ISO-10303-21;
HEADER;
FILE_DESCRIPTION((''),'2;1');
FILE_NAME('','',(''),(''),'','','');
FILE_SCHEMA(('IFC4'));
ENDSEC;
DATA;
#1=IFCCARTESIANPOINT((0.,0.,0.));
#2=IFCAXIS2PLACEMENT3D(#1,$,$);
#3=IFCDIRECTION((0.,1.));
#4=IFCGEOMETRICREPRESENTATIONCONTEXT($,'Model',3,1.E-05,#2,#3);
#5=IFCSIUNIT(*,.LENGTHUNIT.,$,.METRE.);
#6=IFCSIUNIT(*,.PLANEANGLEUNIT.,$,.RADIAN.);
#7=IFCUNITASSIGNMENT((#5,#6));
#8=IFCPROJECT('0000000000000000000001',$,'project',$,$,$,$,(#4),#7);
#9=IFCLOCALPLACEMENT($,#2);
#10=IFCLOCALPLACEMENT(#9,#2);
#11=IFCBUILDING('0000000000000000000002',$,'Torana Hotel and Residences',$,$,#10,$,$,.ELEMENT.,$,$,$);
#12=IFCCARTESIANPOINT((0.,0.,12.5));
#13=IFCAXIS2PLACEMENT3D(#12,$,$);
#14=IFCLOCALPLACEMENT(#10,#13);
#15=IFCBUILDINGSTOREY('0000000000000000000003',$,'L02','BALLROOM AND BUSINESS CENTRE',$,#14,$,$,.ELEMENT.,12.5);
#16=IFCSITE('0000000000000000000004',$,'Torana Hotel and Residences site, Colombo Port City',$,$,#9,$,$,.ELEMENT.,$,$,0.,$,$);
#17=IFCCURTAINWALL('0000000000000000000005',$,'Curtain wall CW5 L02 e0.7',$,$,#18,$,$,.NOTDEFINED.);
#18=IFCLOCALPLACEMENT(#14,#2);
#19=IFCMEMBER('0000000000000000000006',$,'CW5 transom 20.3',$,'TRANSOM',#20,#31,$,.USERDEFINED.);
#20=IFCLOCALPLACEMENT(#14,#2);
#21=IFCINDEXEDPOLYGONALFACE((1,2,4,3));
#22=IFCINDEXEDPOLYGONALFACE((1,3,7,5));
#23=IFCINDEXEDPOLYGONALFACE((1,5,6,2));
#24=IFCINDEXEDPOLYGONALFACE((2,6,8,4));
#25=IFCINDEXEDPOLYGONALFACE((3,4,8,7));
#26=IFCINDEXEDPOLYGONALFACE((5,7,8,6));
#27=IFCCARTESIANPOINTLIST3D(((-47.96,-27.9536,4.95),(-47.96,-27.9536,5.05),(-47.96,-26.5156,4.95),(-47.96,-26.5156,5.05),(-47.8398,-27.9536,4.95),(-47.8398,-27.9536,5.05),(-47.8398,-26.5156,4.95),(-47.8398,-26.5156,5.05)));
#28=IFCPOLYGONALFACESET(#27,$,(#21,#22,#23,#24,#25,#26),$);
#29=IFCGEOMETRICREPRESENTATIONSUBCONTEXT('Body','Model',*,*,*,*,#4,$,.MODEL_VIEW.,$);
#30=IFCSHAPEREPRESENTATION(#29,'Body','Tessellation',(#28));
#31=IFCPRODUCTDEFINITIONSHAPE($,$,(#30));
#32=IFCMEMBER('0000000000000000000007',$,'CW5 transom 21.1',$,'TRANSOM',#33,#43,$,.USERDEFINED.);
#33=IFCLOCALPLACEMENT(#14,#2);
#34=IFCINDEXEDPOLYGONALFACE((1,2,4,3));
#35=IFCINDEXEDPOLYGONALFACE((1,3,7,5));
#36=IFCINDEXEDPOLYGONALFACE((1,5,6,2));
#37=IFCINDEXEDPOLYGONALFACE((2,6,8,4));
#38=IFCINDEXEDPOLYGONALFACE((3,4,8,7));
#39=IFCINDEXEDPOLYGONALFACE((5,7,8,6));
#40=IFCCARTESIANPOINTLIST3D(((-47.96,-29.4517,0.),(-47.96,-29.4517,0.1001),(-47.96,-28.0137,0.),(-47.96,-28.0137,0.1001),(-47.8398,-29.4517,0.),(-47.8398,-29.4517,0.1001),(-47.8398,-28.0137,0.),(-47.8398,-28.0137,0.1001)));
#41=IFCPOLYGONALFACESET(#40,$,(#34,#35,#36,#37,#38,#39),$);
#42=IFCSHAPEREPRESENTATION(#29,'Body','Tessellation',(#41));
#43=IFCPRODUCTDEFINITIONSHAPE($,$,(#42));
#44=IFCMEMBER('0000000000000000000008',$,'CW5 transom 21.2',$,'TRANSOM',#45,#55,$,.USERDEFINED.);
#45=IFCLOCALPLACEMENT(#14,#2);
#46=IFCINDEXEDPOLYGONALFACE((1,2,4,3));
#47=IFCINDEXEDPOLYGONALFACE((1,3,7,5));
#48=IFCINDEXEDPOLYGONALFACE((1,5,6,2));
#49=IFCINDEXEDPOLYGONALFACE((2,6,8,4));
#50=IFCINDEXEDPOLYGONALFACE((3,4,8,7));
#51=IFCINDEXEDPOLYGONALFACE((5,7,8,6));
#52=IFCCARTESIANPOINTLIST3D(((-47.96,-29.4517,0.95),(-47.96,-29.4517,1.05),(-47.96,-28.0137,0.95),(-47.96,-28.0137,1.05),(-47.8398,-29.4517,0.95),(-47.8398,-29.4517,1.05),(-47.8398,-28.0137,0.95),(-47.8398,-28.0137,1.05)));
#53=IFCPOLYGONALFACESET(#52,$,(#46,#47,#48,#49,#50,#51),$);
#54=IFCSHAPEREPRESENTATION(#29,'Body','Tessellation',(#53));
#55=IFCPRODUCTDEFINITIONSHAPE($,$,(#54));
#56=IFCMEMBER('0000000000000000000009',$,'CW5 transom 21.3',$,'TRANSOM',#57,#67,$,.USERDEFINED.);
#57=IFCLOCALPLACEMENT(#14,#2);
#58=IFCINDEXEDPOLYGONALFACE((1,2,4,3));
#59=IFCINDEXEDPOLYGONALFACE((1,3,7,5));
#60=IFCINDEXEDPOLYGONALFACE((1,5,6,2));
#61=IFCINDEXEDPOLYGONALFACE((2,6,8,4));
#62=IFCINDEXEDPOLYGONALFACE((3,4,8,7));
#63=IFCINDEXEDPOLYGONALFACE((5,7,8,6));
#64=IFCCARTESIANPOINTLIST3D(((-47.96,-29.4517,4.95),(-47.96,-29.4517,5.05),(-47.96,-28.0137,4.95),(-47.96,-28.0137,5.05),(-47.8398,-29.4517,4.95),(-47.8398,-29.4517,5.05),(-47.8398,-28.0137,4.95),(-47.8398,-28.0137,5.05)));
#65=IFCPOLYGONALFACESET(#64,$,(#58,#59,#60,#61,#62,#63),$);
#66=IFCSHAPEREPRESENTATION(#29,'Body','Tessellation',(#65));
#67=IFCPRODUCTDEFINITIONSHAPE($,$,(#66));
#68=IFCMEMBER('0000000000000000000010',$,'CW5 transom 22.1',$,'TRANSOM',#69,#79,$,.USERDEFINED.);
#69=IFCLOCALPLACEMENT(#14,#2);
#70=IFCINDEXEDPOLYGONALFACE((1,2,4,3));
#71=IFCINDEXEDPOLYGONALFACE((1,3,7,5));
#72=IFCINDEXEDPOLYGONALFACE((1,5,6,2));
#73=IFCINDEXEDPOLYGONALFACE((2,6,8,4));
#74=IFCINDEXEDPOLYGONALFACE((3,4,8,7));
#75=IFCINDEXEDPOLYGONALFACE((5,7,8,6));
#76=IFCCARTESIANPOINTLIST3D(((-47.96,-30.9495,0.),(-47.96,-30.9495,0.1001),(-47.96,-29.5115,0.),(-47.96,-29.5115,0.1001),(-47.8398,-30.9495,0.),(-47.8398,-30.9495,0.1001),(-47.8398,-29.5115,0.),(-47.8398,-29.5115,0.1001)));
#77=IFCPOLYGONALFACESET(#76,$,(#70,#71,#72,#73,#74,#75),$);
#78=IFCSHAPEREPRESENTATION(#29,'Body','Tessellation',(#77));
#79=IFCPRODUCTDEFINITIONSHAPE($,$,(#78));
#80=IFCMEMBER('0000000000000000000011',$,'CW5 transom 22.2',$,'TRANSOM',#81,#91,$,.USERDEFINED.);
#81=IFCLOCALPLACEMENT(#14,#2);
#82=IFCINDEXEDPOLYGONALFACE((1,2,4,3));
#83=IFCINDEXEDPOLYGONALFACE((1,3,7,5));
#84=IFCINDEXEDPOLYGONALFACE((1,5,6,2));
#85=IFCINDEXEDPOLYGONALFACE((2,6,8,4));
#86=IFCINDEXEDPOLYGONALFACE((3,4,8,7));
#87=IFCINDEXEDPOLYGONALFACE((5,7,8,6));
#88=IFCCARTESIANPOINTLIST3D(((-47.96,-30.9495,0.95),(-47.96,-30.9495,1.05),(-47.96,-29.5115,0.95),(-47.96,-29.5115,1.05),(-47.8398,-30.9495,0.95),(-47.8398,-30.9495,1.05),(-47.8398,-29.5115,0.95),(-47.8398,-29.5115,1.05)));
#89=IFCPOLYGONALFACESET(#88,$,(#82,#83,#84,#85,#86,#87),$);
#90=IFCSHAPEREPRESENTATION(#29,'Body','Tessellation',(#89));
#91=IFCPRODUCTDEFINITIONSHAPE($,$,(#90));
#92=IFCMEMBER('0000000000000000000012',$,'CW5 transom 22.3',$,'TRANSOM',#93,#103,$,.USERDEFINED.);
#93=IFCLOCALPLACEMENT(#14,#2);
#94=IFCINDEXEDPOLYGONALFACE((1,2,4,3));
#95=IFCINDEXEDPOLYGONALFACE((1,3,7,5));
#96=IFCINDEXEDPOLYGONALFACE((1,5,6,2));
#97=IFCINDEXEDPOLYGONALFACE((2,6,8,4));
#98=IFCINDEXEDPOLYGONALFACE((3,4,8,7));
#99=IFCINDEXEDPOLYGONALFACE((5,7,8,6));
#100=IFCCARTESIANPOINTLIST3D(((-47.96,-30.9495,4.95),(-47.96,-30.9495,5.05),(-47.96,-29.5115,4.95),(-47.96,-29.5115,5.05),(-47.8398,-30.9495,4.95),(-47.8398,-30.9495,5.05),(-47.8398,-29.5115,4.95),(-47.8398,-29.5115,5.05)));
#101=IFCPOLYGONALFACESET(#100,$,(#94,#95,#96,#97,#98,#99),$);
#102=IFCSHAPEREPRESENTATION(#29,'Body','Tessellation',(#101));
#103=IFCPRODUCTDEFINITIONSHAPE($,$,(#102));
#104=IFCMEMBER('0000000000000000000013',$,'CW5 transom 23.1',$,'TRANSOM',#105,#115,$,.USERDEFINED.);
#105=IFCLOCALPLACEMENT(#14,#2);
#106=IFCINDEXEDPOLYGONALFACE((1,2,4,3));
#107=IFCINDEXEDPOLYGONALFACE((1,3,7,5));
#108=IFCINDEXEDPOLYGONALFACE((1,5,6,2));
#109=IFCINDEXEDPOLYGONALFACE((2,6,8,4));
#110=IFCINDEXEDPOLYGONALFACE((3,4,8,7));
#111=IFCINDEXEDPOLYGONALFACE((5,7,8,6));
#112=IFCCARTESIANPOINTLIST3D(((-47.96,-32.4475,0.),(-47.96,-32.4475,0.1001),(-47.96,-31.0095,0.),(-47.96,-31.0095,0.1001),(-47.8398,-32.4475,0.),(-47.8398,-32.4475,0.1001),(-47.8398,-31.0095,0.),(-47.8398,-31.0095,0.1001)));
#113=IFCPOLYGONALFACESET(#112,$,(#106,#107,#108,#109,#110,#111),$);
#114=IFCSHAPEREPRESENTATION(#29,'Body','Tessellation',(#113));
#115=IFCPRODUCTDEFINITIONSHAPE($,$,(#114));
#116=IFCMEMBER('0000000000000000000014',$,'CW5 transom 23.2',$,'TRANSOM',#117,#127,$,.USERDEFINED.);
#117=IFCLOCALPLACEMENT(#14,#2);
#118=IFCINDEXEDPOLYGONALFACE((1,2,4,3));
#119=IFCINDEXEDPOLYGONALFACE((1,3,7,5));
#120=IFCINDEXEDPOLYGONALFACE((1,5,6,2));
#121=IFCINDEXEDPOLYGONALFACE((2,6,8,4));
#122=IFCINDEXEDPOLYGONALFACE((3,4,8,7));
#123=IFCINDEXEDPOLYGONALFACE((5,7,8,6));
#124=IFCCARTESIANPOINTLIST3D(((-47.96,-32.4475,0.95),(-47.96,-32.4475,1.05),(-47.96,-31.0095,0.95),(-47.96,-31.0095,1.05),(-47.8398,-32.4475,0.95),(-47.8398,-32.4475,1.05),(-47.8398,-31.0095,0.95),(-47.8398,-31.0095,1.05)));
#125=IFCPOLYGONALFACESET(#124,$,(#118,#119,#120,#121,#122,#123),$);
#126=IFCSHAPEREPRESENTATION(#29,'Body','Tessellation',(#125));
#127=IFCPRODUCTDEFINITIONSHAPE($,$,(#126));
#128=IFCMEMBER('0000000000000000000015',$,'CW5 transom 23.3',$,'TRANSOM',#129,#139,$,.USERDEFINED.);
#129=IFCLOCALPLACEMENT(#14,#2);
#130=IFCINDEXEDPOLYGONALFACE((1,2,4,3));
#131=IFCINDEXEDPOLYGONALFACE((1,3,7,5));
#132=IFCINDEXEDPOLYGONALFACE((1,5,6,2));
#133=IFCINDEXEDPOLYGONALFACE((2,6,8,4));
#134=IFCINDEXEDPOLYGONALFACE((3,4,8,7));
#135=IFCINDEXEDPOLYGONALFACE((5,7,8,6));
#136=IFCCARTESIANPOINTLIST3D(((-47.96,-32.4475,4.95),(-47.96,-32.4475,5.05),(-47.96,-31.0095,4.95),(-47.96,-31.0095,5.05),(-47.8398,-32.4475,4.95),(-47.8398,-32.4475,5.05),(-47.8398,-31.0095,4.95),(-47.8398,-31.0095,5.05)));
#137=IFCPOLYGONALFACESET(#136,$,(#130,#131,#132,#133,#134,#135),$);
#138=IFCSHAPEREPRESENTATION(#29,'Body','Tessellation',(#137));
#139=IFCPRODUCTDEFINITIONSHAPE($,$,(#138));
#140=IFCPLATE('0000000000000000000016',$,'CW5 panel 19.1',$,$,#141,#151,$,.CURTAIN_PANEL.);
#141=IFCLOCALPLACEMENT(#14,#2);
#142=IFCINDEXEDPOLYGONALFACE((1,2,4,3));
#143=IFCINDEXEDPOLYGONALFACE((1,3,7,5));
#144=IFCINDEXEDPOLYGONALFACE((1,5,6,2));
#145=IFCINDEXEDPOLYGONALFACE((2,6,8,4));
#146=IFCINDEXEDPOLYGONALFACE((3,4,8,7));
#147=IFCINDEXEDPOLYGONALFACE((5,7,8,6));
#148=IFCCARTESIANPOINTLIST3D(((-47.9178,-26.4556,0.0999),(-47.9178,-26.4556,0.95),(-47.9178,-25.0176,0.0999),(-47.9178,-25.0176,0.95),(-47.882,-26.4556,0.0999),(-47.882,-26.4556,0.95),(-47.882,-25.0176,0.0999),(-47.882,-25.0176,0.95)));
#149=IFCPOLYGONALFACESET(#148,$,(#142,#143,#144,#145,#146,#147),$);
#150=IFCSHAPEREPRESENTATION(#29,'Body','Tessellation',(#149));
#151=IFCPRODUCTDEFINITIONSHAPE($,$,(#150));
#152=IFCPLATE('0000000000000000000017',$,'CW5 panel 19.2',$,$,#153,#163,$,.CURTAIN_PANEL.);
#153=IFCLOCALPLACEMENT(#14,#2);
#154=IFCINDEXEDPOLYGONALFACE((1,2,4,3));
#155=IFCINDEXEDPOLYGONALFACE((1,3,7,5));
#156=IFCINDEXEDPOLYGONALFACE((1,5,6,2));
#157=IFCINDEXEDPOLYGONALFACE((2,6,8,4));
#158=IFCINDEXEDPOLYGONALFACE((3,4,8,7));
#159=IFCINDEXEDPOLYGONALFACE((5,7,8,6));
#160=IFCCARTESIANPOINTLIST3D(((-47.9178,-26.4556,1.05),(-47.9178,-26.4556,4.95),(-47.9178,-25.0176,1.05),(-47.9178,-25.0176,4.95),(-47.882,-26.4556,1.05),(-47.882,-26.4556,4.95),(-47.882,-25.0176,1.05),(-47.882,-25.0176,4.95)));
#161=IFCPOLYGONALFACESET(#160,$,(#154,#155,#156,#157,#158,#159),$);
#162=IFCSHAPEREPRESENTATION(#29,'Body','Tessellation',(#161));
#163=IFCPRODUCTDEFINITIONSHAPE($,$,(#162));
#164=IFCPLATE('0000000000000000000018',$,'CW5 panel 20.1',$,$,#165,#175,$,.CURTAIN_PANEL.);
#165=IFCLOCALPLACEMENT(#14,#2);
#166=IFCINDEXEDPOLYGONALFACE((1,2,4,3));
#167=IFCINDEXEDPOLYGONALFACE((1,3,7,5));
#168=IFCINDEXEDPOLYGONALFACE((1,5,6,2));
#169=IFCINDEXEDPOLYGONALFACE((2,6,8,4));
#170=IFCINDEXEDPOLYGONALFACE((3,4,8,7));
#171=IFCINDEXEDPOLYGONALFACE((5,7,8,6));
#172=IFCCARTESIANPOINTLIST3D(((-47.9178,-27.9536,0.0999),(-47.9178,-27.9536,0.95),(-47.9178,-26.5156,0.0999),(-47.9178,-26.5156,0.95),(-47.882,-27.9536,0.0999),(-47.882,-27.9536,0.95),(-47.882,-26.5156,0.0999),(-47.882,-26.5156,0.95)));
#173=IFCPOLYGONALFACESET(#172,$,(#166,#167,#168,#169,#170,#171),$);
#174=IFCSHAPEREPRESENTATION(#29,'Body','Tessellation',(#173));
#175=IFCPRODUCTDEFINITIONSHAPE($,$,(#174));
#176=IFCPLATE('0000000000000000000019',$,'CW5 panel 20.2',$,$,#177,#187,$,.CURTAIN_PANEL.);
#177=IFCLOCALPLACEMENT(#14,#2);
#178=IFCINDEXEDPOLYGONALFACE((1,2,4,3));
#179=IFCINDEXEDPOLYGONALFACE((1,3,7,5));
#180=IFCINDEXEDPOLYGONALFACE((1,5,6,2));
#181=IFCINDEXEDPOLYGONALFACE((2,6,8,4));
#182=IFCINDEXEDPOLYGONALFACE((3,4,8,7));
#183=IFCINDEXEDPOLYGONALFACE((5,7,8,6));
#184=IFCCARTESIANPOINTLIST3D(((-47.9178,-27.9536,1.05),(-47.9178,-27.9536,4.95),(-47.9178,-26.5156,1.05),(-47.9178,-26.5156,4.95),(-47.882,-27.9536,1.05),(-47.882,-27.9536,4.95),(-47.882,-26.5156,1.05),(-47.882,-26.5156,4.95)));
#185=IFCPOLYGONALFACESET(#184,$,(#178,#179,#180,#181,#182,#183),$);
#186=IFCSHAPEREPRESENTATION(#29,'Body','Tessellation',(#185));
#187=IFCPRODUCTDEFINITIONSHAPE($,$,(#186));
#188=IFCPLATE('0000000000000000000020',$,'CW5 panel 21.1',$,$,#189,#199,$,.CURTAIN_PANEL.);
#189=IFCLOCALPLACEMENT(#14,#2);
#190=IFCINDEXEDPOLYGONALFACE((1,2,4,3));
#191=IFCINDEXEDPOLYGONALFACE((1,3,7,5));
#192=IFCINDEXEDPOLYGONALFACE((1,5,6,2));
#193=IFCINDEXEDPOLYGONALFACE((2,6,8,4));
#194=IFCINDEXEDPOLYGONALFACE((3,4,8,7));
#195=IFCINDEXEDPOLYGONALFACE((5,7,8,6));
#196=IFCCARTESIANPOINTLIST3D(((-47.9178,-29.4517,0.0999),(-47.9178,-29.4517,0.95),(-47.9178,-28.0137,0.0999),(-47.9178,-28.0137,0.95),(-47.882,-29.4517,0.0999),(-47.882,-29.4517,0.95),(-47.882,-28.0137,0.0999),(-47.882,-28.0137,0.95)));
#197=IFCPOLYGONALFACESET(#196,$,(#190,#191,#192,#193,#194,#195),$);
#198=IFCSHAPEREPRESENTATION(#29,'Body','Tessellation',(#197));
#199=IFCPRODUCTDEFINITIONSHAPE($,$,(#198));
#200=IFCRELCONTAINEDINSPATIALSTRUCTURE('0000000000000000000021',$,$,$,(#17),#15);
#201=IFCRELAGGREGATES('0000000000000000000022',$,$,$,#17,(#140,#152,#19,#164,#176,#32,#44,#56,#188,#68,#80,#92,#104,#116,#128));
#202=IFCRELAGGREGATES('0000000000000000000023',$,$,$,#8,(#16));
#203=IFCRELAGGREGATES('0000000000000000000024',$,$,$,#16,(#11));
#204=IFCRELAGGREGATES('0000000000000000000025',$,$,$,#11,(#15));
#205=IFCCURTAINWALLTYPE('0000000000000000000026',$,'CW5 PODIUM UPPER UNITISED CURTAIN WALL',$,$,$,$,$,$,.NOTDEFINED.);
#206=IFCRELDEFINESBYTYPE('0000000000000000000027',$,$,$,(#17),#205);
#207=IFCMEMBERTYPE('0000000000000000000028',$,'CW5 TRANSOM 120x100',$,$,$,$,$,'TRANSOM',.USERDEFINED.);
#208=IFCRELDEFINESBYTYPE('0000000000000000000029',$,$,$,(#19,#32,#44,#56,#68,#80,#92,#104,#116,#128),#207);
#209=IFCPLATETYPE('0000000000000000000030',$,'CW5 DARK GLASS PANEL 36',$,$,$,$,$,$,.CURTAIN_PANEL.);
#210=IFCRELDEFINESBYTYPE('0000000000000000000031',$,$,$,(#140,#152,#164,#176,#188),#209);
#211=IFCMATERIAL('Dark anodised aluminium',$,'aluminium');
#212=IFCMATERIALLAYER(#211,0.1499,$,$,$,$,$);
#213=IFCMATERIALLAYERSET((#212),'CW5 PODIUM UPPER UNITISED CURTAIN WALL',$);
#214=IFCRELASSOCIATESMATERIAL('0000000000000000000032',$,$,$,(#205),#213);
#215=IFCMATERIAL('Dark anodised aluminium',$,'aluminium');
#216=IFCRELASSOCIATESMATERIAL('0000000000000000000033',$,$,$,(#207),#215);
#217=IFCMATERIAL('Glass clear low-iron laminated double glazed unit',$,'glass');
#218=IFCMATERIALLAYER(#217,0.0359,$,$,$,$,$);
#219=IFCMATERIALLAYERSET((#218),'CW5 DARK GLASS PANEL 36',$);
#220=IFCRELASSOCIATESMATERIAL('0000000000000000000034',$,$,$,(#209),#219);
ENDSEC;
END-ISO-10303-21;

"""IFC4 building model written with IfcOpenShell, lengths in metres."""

from ifc_helpers import new_model, si_unit, direction, frame, origin, origin_2d, place, context, subcontext, project, spatial, rectangle, extrude, material, layer, layer_set, material_profile, profile_set, type_object, element, aggregate, save


model = new_model("IFC4")

# Units and contexts
model_context = context("Model", 3, precision=1e-05, world=origin(), true_north=direction((0.0, 1.0)))
body_context = subcontext(model_context, "Body", "Model", "MODEL_VIEW")
ifc_project = project(units=[si_unit("LENGTHUNIT", "METRE"), si_unit("PLANEANGLEUNIT", "RADIAN")], contexts=[model_context])

# Site, building, storey
site_placement = place(None, origin())
site = spatial("IfcSite", under=ifc_project, at=site_placement, Name="Torana Hotel and Residences site, Colombo Port City", CompositionType="ELEMENT", RefElevation=0.0)
building_placement = place(site_placement, origin())
building = spatial("IfcBuilding", under=site, at=building_placement, Name="Torana Hotel and Residences", CompositionType="ELEMENT")
storey_placement = place(building_placement, frame((0.0, 0.0, 12.5)))
storey = spatial("IfcBuildingStorey", under=building, at=storey_placement, Name="L02", Description="BALLROOM AND BUSINESS CENTRE", CompositionType="ELEMENT", Elevation=12.5)

# Curtain wall, members, plates
ifc_material_1 = material(Name="Dark anodised aluminium", Category="aluminium")
ifc_layer_1 = layer(ifc_material_1, 0.1499)
ifc_layer_set_1 = layer_set([ifc_layer_1], Name="CW5 PODIUM UPPER UNITISED CURTAIN WALL")
curtain_wall_type = type_object("IfcCurtainWallType", Name="CW5 PODIUM UPPER UNITISED CURTAIN WALL", PredefinedType="NOTDEFINED", material=ifc_layer_set_1)
curtain_wall_placement = place(storey_placement, origin())
curtain_wall = element("IfcCurtainWall", 1, at=curtain_wall_placement, inside=storey, type_object=curtain_wall_type, Name="Curtain wall CW5 L02 e0.7", PredefinedType="NOTDEFINED")
ifc_material_2 = material(Name="Dark anodised aluminium", Category="aluminium")
ifc_material_profile_1 = material_profile(ifc_material_2, rectangle(XDim=0.1201, YDim=0.1001, at=origin_2d()), Name="CW5 TRANSOM 120x100")
ifc_profile_set_1 = profile_set([ifc_material_profile_1], Name="Dark anodised aluminium")
member_type_1 = type_object("IfcMemberType", Name="CW5 TRANSOM 120x100", ElementType="TRANSOM", PredefinedType="USERDEFINED", material=ifc_profile_set_1)
member_1_placement = place(storey_placement, frame((-47.8999, -26.5156, 5.0), z_axis=(0.0, -1.0, 0.0), x_axis=(1.0, 0.0, 0.0)))
member_1 = element("IfcMember", 2, at=member_1_placement, type_object=member_type_1, Name="CW5 transom 20.3", ObjectType="TRANSOM", PredefinedType="USERDEFINED", context=body_context, shape_type="SweptSolid", body=[
    extrude(rectangle(XDim=0.1201, YDim=0.1001, at=origin_2d()), origin(), (0.0, 0.0, 1.0), 1.438),
])
member_2_placement = place(storey_placement, frame((-47.8999, -28.0137, 0.05), z_axis=(0.0, -1.0, 0.0), x_axis=(1.0, 0.0, 0.0)))
member_2 = element("IfcMember", 3, at=member_2_placement, type_object=member_type_1, Name="CW5 transom 21.1", ObjectType="TRANSOM", PredefinedType="USERDEFINED", context=body_context, shape_type="SweptSolid", body=[
    extrude(rectangle(XDim=0.1201, YDim=0.1001, at=origin_2d()), origin(), (0.0, 0.0, 1.0), 1.438),
])
member_3_placement = place(storey_placement, frame((-47.8999, -28.0137, 1.0), z_axis=(0.0, -1.0, 0.0), x_axis=(1.0, 0.0, 0.0)))
member_3 = element("IfcMember", 4, at=member_3_placement, type_object=member_type_1, Name="CW5 transom 21.2", ObjectType="TRANSOM", PredefinedType="USERDEFINED", context=body_context, shape_type="SweptSolid", body=[
    extrude(rectangle(XDim=0.1201, YDim=0.1001, at=origin_2d()), origin(), (0.0, 0.0, 1.0), 1.438),
])
member_4_placement = place(storey_placement, frame((-47.8999, -28.0137, 5.0), z_axis=(0.0, -1.0, 0.0), x_axis=(1.0, 0.0, 0.0)))
member_4 = element("IfcMember", 5, at=member_4_placement, type_object=member_type_1, Name="CW5 transom 21.3", ObjectType="TRANSOM", PredefinedType="USERDEFINED", context=body_context, shape_type="SweptSolid", body=[
    extrude(rectangle(XDim=0.1201, YDim=0.1001, at=origin_2d()), origin(), (0.0, 0.0, 1.0), 1.438),
])
member_5_placement = place(storey_placement, frame((-47.8999, -29.5115, 0.05), z_axis=(0.0, -1.0, 0.0), x_axis=(1.0, 0.0, 0.0)))
member_5 = element("IfcMember", 6, at=member_5_placement, type_object=member_type_1, Name="CW5 transom 22.1", ObjectType="TRANSOM", PredefinedType="USERDEFINED", context=body_context, shape_type="SweptSolid", body=[
    extrude(rectangle(XDim=0.1201, YDim=0.1001, at=origin_2d()), origin(), (0.0, 0.0, 1.0), 1.438),
])
member_6_placement = place(storey_placement, frame((-47.8999, -29.5115, 1.0), z_axis=(0.0, -1.0, 0.0), x_axis=(1.0, 0.0, 0.0)))
member_6 = element("IfcMember", 7, at=member_6_placement, type_object=member_type_1, Name="CW5 transom 22.2", ObjectType="TRANSOM", PredefinedType="USERDEFINED", context=body_context, shape_type="SweptSolid", body=[
    extrude(rectangle(XDim=0.1201, YDim=0.1001, at=origin_2d()), origin(), (0.0, 0.0, 1.0), 1.438),
])
member_7_placement = place(storey_placement, frame((-47.8999, -29.5115, 5.0), z_axis=(0.0, -1.0, 0.0), x_axis=(1.0, 0.0, 0.0)))
member_7 = element("IfcMember", 8, at=member_7_placement, type_object=member_type_1, Name="CW5 transom 22.3", ObjectType="TRANSOM", PredefinedType="USERDEFINED", context=body_context, shape_type="SweptSolid", body=[
    extrude(rectangle(XDim=0.1201, YDim=0.1001, at=origin_2d()), origin(), (0.0, 0.0, 1.0), 1.438),
])
member_8_placement = place(storey_placement, frame((-47.8999, -31.0095, 0.05), z_axis=(0.0, -1.0, 0.0), x_axis=(1.0, 0.0, 0.0)))
member_8 = element("IfcMember", 9, at=member_8_placement, type_object=member_type_1, Name="CW5 transom 23.1", ObjectType="TRANSOM", PredefinedType="USERDEFINED", context=body_context, shape_type="SweptSolid", body=[
    extrude(rectangle(XDim=0.1201, YDim=0.1001, at=origin_2d()), origin(), (0.0, 0.0, 1.0), 1.438),
])
member_9_placement = place(storey_placement, frame((-47.8999, -31.0095, 1.0), z_axis=(0.0, -1.0, 0.0), x_axis=(1.0, 0.0, 0.0)))
member_9 = element("IfcMember", 10, at=member_9_placement, type_object=member_type_1, Name="CW5 transom 23.2", ObjectType="TRANSOM", PredefinedType="USERDEFINED", context=body_context, shape_type="SweptSolid", body=[
    extrude(rectangle(XDim=0.1201, YDim=0.1001, at=origin_2d()), origin(), (0.0, 0.0, 1.0), 1.438),
])
member_10_placement = place(storey_placement, frame((-47.8999, -31.0095, 5.0), z_axis=(0.0, -1.0, 0.0), x_axis=(1.0, 0.0, 0.0)))
member_10 = element("IfcMember", 11, at=member_10_placement, type_object=member_type_1, Name="CW5 transom 23.3", ObjectType="TRANSOM", PredefinedType="USERDEFINED", context=body_context, shape_type="SweptSolid", body=[
    extrude(rectangle(XDim=0.1201, YDim=0.1001, at=origin_2d()), origin(), (0.0, 0.0, 1.0), 1.438),
])
ifc_material_3 = material(Name="Glass clear low-iron laminated double glazed unit", Category="glass")
ifc_layer_2 = layer(ifc_material_3, 0.0359)
ifc_layer_set_2 = layer_set([ifc_layer_2], Name="CW5 DARK GLASS PANEL 36")
plate_type = type_object("IfcPlateType", Name="CW5 DARK GLASS PANEL 36", PredefinedType="CURTAIN_PANEL", material=ifc_layer_set_2)
plate_1_placement = place(storey_placement, frame((-47.8999, -25.7366, 0.0999), z_axis=(0.0, 0.0, 1.0), x_axis=(0.0, -1.0, 0.0)))
plate_1 = element("IfcPlate", 12, at=plate_1_placement, type_object=plate_type, Name="CW5 panel 19.1", PredefinedType="CURTAIN_PANEL", context=body_context, shape_type="SweptSolid", body=[
    extrude(rectangle(XDim=1.438, YDim=0.0359, at=origin_2d()), origin(), (0.0, 0.0, 1.0), 0.8501),
])
plate_2_placement = place(storey_placement, frame((-47.8999, -25.7366, 1.05), z_axis=(0.0, 0.0, 1.0), x_axis=(0.0, -1.0, 0.0)))
plate_2 = element("IfcPlate", 13, at=plate_2_placement, type_object=plate_type, Name="CW5 panel 19.2", PredefinedType="CURTAIN_PANEL", context=body_context, shape_type="SweptSolid", body=[
    extrude(rectangle(XDim=1.438, YDim=0.0359, at=origin_2d()), origin(), (0.0, 0.0, 1.0), 3.8999),
])
plate_3_placement = place(storey_placement, frame((-47.8999, -27.2346, 0.0999), z_axis=(0.0, 0.0, 1.0), x_axis=(0.0, -1.0, 0.0)))
plate_3 = element("IfcPlate", 14, at=plate_3_placement, type_object=plate_type, Name="CW5 panel 20.1", PredefinedType="CURTAIN_PANEL", context=body_context, shape_type="SweptSolid", body=[
    extrude(rectangle(XDim=1.438, YDim=0.0359, at=origin_2d()), origin(), (0.0, 0.0, 1.0), 0.8501),
])
plate_4_placement = place(storey_placement, frame((-47.8999, -27.2346, 1.05), z_axis=(0.0, 0.0, 1.0), x_axis=(0.0, -1.0, 0.0)))
plate_4 = element("IfcPlate", 15, at=plate_4_placement, type_object=plate_type, Name="CW5 panel 20.2", PredefinedType="CURTAIN_PANEL", context=body_context, shape_type="SweptSolid", body=[
    extrude(rectangle(XDim=1.438, YDim=0.0359, at=origin_2d()), origin(), (0.0, 0.0, 1.0), 3.8999),
])
plate_5_placement = place(storey_placement, frame((-47.8999, -28.7327, 0.0999), z_axis=(0.0, 0.0, 1.0), x_axis=(0.0, -1.0, 0.0)))
plate_5 = element("IfcPlate", 16, at=plate_5_placement, type_object=plate_type, Name="CW5 panel 21.1", PredefinedType="CURTAIN_PANEL", context=body_context, shape_type="SweptSolid", body=[
    extrude(rectangle(XDim=1.438, YDim=0.0359, at=origin_2d()), origin(), (0.0, 0.0, 1.0), 0.8501),
])
aggregate(curtain_wall, [plate_1, plate_2, member_1, plate_3, plate_4, member_2, member_3, member_4, plate_5, member_5, member_6, member_7, member_8, member_9, member_10])

save(model, "model.ifc")
